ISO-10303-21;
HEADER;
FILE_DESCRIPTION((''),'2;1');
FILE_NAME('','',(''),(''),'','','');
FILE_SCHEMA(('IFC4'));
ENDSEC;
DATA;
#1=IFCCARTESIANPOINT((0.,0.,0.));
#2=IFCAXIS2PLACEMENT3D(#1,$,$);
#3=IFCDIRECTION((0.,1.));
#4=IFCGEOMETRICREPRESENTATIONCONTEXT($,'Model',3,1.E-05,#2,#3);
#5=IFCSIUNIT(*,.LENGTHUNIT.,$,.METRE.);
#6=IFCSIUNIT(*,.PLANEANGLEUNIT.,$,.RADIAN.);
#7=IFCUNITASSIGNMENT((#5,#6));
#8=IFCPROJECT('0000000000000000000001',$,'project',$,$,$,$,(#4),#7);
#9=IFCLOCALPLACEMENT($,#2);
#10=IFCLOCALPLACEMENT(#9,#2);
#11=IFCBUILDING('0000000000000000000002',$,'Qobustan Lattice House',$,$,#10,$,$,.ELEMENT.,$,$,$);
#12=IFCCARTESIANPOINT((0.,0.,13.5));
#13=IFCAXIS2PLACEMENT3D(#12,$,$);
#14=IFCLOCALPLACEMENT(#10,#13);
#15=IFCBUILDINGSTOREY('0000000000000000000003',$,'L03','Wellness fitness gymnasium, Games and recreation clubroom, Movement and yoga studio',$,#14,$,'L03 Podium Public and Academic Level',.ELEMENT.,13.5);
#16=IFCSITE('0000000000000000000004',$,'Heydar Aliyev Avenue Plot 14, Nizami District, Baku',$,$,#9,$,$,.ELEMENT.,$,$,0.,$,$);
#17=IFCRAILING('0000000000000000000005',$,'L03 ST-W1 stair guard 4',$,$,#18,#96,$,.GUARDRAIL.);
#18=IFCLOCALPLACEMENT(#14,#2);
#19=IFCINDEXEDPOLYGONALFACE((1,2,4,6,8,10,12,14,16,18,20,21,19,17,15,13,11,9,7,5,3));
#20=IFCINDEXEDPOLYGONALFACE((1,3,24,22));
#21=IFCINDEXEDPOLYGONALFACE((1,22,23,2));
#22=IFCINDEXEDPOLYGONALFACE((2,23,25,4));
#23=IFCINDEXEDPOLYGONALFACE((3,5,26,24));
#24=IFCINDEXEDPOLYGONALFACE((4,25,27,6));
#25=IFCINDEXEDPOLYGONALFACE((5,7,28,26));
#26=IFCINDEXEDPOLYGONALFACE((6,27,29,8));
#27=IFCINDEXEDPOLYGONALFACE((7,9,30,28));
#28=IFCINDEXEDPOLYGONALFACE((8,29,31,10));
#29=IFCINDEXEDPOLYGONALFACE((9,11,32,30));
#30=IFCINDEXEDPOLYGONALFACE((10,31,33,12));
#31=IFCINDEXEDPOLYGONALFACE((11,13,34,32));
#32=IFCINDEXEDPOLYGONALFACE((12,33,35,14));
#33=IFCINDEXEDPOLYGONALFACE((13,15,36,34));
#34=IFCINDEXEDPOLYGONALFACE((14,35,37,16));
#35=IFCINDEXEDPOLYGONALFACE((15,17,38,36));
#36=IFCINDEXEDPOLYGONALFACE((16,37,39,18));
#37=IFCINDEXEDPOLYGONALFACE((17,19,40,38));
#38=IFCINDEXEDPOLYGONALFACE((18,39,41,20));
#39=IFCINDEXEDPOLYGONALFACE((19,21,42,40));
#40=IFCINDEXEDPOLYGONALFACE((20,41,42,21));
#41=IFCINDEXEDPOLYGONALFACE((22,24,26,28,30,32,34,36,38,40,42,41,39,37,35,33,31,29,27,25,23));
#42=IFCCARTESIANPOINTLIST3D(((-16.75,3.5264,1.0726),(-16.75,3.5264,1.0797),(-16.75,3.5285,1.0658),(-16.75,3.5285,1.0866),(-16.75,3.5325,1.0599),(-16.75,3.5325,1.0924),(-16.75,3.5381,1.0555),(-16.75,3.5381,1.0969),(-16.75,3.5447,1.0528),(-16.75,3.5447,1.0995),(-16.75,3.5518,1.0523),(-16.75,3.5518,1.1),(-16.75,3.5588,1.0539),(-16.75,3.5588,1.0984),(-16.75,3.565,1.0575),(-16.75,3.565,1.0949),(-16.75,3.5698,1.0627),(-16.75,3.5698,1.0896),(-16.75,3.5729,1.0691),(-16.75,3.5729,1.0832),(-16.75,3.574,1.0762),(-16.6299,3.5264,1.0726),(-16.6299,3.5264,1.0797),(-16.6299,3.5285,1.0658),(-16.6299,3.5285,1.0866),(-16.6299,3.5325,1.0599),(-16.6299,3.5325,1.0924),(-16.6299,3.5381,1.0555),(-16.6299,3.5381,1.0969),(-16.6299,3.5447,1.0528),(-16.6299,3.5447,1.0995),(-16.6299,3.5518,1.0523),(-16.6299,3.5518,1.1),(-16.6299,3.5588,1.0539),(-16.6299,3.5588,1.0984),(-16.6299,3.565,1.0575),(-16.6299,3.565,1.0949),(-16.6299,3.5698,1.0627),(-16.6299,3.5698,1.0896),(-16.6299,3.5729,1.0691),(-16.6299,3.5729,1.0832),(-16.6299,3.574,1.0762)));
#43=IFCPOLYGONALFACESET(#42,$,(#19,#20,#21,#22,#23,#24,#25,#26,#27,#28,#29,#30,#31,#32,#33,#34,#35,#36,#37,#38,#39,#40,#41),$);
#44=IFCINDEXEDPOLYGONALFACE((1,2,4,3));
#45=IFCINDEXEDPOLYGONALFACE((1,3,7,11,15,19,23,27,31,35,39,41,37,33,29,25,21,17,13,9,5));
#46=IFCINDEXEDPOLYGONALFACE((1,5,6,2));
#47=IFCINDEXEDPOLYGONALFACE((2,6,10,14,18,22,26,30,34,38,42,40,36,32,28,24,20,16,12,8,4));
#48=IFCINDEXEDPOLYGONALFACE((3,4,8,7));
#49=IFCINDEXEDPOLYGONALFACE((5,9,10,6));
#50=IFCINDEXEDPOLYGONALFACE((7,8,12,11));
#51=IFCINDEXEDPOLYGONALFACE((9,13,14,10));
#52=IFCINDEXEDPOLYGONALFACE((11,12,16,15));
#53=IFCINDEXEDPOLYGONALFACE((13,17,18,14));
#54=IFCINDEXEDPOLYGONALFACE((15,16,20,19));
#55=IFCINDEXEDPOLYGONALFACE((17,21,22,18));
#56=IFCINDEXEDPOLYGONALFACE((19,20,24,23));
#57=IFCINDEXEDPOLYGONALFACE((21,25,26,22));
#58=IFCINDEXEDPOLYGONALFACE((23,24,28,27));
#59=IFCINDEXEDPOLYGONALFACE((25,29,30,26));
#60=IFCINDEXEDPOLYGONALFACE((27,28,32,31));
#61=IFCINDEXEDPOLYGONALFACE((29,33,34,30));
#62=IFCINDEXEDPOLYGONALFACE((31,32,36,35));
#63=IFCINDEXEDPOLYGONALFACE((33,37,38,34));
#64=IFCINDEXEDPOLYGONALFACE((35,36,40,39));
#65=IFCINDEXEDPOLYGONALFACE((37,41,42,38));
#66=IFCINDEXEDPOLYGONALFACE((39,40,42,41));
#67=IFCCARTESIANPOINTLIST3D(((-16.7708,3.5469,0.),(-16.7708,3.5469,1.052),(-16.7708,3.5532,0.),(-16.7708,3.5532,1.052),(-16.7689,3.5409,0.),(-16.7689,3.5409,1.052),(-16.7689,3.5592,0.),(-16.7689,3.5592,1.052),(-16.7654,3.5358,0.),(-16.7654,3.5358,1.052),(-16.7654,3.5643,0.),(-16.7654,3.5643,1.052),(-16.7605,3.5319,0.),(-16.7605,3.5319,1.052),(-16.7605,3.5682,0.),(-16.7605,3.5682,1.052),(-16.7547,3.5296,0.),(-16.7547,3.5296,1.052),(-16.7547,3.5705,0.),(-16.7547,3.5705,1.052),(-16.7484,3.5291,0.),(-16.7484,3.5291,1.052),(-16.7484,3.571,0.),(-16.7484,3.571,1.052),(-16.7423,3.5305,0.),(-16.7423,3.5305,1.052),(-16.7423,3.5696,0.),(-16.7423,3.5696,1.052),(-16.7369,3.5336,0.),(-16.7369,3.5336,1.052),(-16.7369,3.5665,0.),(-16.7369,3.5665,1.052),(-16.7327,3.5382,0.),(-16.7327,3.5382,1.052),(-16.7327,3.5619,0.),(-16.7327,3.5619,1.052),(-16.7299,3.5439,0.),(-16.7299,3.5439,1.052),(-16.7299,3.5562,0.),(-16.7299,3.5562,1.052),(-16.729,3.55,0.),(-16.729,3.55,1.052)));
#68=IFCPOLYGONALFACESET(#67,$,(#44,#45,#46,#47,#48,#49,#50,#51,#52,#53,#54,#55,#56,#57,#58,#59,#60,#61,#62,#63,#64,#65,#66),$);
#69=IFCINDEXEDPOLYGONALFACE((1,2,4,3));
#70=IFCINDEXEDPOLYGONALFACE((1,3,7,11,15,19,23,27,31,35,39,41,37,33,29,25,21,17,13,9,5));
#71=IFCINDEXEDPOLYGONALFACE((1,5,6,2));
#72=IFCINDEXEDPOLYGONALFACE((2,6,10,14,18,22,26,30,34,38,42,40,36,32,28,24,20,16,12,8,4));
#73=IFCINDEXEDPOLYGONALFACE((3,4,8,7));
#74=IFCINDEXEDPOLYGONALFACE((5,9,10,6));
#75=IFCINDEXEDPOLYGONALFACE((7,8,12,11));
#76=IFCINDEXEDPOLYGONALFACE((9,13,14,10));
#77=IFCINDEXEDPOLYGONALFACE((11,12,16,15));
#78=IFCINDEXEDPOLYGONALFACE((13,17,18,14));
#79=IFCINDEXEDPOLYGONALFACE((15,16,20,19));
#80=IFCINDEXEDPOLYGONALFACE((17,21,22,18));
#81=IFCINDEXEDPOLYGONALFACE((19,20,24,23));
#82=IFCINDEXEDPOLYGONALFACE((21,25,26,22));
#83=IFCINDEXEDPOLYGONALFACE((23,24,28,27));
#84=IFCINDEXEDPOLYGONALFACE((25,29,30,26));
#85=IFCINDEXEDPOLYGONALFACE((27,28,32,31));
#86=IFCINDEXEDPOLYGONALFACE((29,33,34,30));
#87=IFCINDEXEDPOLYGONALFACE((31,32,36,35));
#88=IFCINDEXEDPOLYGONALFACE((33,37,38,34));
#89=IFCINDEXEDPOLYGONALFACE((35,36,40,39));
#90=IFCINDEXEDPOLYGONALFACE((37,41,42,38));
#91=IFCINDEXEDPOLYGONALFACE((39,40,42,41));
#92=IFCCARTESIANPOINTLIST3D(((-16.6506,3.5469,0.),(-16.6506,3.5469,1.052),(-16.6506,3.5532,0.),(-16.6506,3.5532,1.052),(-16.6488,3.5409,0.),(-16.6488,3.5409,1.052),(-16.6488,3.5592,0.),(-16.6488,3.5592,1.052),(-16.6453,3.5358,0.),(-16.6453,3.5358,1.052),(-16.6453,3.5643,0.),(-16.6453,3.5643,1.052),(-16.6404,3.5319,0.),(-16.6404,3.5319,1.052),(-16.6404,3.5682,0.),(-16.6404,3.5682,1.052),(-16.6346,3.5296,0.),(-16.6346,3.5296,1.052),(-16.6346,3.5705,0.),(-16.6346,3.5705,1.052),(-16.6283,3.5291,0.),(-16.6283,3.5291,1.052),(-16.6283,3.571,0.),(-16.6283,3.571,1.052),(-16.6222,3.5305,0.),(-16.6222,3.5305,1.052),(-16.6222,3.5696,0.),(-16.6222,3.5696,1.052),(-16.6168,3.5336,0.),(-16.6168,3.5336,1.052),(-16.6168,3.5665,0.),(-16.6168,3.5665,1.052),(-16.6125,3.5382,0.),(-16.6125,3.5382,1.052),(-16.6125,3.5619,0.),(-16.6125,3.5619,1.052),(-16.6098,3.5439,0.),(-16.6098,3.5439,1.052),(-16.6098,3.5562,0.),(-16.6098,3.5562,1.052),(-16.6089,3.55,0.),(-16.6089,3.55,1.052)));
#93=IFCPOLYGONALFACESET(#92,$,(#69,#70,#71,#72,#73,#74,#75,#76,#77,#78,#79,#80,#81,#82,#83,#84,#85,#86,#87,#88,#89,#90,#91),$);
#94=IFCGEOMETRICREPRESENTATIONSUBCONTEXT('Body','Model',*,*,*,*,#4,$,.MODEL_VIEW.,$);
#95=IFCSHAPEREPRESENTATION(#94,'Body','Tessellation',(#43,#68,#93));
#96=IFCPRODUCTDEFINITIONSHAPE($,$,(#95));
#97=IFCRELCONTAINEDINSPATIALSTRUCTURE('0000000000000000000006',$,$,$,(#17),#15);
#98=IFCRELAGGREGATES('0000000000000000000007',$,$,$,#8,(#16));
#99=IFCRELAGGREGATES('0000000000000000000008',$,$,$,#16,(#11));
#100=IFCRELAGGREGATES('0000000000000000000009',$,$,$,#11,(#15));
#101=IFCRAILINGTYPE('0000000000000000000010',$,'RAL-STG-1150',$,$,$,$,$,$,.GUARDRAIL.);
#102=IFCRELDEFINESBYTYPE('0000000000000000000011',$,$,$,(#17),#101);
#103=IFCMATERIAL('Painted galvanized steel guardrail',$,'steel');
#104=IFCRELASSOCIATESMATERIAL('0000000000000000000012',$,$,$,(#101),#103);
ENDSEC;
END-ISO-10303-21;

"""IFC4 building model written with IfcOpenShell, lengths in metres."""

from ifc_helpers import new_model, si_unit, direction, frame, origin, origin_2d, place, context, subcontext, project, spatial, circle, extrude, material, type_object, element, save


model = new_model("IFC4")

# Units and contexts
model_context = context("Model", 3, precision=1e-05, world=origin(), true_north=direction((0.0, 1.0)))
body_context = subcontext(model_context, "Body", "Model", "MODEL_VIEW")
ifc_project = project(units=[si_unit("LENGTHUNIT", "METRE"), si_unit("PLANEANGLEUNIT", "RADIAN")], contexts=[model_context])

# Site, building, storey
site_placement = place(None, origin())
site = spatial("IfcSite", under=ifc_project, at=site_placement, Name="Heydar Aliyev Avenue Plot 14, Nizami District, Baku", CompositionType="ELEMENT", RefElevation=0.0)
building_placement = place(site_placement, origin())
building = spatial("IfcBuilding", under=site, at=building_placement, Name="Qobustan Lattice House", CompositionType="ELEMENT")
storey_placement = place(building_placement, frame((0.0, 0.0, 13.5)))
storey = spatial("IfcBuildingStorey", under=building, at=storey_placement, Name="L03", Description="Wellness fitness gymnasium, Games and recreation clubroom, Movement and yoga studio", LongName="L03 Podium Public and Academic Level", CompositionType="ELEMENT", Elevation=13.5)

# Railing
ifc_material_1 = material(Name="Painted galvanized steel guardrail", Category="steel")
railing_type_1 = type_object("IfcRailingType", Name="RAL-STG-1150", PredefinedType="GUARDRAIL", material=ifc_material_1)
railing_1_placement = place(storey_placement, frame((-16.75, 3.55, 0.0)))
element("IfcRailing", 1, at=railing_1_placement, inside=storey, type_object=railing_type_1, Name="L03 ST-W1 stair guard 4", PredefinedType="GUARDRAIL", context=body_context, shape_type="SweptSolid", body=[
    extrude(circle(Radius=0.0239, at=origin_2d()), frame((0.0, 0.0, 1.0762), z_axis=(1.0, 0.0, 0.0), x_axis=(0.0, 1.0, 0.0)), (0.0, 0.0, 1.0), 0.1201),
    extrude(circle(Radius=0.021, at=origin_2d()), origin(), (0.0, 0.0, 1.0), 1.052),
    extrude(circle(Radius=0.021, at=origin_2d()), frame((0.1201, 0.0, 0.0)), (0.0, 0.0, 1.0), 1.052),
])

save(model, "model.ifc")
